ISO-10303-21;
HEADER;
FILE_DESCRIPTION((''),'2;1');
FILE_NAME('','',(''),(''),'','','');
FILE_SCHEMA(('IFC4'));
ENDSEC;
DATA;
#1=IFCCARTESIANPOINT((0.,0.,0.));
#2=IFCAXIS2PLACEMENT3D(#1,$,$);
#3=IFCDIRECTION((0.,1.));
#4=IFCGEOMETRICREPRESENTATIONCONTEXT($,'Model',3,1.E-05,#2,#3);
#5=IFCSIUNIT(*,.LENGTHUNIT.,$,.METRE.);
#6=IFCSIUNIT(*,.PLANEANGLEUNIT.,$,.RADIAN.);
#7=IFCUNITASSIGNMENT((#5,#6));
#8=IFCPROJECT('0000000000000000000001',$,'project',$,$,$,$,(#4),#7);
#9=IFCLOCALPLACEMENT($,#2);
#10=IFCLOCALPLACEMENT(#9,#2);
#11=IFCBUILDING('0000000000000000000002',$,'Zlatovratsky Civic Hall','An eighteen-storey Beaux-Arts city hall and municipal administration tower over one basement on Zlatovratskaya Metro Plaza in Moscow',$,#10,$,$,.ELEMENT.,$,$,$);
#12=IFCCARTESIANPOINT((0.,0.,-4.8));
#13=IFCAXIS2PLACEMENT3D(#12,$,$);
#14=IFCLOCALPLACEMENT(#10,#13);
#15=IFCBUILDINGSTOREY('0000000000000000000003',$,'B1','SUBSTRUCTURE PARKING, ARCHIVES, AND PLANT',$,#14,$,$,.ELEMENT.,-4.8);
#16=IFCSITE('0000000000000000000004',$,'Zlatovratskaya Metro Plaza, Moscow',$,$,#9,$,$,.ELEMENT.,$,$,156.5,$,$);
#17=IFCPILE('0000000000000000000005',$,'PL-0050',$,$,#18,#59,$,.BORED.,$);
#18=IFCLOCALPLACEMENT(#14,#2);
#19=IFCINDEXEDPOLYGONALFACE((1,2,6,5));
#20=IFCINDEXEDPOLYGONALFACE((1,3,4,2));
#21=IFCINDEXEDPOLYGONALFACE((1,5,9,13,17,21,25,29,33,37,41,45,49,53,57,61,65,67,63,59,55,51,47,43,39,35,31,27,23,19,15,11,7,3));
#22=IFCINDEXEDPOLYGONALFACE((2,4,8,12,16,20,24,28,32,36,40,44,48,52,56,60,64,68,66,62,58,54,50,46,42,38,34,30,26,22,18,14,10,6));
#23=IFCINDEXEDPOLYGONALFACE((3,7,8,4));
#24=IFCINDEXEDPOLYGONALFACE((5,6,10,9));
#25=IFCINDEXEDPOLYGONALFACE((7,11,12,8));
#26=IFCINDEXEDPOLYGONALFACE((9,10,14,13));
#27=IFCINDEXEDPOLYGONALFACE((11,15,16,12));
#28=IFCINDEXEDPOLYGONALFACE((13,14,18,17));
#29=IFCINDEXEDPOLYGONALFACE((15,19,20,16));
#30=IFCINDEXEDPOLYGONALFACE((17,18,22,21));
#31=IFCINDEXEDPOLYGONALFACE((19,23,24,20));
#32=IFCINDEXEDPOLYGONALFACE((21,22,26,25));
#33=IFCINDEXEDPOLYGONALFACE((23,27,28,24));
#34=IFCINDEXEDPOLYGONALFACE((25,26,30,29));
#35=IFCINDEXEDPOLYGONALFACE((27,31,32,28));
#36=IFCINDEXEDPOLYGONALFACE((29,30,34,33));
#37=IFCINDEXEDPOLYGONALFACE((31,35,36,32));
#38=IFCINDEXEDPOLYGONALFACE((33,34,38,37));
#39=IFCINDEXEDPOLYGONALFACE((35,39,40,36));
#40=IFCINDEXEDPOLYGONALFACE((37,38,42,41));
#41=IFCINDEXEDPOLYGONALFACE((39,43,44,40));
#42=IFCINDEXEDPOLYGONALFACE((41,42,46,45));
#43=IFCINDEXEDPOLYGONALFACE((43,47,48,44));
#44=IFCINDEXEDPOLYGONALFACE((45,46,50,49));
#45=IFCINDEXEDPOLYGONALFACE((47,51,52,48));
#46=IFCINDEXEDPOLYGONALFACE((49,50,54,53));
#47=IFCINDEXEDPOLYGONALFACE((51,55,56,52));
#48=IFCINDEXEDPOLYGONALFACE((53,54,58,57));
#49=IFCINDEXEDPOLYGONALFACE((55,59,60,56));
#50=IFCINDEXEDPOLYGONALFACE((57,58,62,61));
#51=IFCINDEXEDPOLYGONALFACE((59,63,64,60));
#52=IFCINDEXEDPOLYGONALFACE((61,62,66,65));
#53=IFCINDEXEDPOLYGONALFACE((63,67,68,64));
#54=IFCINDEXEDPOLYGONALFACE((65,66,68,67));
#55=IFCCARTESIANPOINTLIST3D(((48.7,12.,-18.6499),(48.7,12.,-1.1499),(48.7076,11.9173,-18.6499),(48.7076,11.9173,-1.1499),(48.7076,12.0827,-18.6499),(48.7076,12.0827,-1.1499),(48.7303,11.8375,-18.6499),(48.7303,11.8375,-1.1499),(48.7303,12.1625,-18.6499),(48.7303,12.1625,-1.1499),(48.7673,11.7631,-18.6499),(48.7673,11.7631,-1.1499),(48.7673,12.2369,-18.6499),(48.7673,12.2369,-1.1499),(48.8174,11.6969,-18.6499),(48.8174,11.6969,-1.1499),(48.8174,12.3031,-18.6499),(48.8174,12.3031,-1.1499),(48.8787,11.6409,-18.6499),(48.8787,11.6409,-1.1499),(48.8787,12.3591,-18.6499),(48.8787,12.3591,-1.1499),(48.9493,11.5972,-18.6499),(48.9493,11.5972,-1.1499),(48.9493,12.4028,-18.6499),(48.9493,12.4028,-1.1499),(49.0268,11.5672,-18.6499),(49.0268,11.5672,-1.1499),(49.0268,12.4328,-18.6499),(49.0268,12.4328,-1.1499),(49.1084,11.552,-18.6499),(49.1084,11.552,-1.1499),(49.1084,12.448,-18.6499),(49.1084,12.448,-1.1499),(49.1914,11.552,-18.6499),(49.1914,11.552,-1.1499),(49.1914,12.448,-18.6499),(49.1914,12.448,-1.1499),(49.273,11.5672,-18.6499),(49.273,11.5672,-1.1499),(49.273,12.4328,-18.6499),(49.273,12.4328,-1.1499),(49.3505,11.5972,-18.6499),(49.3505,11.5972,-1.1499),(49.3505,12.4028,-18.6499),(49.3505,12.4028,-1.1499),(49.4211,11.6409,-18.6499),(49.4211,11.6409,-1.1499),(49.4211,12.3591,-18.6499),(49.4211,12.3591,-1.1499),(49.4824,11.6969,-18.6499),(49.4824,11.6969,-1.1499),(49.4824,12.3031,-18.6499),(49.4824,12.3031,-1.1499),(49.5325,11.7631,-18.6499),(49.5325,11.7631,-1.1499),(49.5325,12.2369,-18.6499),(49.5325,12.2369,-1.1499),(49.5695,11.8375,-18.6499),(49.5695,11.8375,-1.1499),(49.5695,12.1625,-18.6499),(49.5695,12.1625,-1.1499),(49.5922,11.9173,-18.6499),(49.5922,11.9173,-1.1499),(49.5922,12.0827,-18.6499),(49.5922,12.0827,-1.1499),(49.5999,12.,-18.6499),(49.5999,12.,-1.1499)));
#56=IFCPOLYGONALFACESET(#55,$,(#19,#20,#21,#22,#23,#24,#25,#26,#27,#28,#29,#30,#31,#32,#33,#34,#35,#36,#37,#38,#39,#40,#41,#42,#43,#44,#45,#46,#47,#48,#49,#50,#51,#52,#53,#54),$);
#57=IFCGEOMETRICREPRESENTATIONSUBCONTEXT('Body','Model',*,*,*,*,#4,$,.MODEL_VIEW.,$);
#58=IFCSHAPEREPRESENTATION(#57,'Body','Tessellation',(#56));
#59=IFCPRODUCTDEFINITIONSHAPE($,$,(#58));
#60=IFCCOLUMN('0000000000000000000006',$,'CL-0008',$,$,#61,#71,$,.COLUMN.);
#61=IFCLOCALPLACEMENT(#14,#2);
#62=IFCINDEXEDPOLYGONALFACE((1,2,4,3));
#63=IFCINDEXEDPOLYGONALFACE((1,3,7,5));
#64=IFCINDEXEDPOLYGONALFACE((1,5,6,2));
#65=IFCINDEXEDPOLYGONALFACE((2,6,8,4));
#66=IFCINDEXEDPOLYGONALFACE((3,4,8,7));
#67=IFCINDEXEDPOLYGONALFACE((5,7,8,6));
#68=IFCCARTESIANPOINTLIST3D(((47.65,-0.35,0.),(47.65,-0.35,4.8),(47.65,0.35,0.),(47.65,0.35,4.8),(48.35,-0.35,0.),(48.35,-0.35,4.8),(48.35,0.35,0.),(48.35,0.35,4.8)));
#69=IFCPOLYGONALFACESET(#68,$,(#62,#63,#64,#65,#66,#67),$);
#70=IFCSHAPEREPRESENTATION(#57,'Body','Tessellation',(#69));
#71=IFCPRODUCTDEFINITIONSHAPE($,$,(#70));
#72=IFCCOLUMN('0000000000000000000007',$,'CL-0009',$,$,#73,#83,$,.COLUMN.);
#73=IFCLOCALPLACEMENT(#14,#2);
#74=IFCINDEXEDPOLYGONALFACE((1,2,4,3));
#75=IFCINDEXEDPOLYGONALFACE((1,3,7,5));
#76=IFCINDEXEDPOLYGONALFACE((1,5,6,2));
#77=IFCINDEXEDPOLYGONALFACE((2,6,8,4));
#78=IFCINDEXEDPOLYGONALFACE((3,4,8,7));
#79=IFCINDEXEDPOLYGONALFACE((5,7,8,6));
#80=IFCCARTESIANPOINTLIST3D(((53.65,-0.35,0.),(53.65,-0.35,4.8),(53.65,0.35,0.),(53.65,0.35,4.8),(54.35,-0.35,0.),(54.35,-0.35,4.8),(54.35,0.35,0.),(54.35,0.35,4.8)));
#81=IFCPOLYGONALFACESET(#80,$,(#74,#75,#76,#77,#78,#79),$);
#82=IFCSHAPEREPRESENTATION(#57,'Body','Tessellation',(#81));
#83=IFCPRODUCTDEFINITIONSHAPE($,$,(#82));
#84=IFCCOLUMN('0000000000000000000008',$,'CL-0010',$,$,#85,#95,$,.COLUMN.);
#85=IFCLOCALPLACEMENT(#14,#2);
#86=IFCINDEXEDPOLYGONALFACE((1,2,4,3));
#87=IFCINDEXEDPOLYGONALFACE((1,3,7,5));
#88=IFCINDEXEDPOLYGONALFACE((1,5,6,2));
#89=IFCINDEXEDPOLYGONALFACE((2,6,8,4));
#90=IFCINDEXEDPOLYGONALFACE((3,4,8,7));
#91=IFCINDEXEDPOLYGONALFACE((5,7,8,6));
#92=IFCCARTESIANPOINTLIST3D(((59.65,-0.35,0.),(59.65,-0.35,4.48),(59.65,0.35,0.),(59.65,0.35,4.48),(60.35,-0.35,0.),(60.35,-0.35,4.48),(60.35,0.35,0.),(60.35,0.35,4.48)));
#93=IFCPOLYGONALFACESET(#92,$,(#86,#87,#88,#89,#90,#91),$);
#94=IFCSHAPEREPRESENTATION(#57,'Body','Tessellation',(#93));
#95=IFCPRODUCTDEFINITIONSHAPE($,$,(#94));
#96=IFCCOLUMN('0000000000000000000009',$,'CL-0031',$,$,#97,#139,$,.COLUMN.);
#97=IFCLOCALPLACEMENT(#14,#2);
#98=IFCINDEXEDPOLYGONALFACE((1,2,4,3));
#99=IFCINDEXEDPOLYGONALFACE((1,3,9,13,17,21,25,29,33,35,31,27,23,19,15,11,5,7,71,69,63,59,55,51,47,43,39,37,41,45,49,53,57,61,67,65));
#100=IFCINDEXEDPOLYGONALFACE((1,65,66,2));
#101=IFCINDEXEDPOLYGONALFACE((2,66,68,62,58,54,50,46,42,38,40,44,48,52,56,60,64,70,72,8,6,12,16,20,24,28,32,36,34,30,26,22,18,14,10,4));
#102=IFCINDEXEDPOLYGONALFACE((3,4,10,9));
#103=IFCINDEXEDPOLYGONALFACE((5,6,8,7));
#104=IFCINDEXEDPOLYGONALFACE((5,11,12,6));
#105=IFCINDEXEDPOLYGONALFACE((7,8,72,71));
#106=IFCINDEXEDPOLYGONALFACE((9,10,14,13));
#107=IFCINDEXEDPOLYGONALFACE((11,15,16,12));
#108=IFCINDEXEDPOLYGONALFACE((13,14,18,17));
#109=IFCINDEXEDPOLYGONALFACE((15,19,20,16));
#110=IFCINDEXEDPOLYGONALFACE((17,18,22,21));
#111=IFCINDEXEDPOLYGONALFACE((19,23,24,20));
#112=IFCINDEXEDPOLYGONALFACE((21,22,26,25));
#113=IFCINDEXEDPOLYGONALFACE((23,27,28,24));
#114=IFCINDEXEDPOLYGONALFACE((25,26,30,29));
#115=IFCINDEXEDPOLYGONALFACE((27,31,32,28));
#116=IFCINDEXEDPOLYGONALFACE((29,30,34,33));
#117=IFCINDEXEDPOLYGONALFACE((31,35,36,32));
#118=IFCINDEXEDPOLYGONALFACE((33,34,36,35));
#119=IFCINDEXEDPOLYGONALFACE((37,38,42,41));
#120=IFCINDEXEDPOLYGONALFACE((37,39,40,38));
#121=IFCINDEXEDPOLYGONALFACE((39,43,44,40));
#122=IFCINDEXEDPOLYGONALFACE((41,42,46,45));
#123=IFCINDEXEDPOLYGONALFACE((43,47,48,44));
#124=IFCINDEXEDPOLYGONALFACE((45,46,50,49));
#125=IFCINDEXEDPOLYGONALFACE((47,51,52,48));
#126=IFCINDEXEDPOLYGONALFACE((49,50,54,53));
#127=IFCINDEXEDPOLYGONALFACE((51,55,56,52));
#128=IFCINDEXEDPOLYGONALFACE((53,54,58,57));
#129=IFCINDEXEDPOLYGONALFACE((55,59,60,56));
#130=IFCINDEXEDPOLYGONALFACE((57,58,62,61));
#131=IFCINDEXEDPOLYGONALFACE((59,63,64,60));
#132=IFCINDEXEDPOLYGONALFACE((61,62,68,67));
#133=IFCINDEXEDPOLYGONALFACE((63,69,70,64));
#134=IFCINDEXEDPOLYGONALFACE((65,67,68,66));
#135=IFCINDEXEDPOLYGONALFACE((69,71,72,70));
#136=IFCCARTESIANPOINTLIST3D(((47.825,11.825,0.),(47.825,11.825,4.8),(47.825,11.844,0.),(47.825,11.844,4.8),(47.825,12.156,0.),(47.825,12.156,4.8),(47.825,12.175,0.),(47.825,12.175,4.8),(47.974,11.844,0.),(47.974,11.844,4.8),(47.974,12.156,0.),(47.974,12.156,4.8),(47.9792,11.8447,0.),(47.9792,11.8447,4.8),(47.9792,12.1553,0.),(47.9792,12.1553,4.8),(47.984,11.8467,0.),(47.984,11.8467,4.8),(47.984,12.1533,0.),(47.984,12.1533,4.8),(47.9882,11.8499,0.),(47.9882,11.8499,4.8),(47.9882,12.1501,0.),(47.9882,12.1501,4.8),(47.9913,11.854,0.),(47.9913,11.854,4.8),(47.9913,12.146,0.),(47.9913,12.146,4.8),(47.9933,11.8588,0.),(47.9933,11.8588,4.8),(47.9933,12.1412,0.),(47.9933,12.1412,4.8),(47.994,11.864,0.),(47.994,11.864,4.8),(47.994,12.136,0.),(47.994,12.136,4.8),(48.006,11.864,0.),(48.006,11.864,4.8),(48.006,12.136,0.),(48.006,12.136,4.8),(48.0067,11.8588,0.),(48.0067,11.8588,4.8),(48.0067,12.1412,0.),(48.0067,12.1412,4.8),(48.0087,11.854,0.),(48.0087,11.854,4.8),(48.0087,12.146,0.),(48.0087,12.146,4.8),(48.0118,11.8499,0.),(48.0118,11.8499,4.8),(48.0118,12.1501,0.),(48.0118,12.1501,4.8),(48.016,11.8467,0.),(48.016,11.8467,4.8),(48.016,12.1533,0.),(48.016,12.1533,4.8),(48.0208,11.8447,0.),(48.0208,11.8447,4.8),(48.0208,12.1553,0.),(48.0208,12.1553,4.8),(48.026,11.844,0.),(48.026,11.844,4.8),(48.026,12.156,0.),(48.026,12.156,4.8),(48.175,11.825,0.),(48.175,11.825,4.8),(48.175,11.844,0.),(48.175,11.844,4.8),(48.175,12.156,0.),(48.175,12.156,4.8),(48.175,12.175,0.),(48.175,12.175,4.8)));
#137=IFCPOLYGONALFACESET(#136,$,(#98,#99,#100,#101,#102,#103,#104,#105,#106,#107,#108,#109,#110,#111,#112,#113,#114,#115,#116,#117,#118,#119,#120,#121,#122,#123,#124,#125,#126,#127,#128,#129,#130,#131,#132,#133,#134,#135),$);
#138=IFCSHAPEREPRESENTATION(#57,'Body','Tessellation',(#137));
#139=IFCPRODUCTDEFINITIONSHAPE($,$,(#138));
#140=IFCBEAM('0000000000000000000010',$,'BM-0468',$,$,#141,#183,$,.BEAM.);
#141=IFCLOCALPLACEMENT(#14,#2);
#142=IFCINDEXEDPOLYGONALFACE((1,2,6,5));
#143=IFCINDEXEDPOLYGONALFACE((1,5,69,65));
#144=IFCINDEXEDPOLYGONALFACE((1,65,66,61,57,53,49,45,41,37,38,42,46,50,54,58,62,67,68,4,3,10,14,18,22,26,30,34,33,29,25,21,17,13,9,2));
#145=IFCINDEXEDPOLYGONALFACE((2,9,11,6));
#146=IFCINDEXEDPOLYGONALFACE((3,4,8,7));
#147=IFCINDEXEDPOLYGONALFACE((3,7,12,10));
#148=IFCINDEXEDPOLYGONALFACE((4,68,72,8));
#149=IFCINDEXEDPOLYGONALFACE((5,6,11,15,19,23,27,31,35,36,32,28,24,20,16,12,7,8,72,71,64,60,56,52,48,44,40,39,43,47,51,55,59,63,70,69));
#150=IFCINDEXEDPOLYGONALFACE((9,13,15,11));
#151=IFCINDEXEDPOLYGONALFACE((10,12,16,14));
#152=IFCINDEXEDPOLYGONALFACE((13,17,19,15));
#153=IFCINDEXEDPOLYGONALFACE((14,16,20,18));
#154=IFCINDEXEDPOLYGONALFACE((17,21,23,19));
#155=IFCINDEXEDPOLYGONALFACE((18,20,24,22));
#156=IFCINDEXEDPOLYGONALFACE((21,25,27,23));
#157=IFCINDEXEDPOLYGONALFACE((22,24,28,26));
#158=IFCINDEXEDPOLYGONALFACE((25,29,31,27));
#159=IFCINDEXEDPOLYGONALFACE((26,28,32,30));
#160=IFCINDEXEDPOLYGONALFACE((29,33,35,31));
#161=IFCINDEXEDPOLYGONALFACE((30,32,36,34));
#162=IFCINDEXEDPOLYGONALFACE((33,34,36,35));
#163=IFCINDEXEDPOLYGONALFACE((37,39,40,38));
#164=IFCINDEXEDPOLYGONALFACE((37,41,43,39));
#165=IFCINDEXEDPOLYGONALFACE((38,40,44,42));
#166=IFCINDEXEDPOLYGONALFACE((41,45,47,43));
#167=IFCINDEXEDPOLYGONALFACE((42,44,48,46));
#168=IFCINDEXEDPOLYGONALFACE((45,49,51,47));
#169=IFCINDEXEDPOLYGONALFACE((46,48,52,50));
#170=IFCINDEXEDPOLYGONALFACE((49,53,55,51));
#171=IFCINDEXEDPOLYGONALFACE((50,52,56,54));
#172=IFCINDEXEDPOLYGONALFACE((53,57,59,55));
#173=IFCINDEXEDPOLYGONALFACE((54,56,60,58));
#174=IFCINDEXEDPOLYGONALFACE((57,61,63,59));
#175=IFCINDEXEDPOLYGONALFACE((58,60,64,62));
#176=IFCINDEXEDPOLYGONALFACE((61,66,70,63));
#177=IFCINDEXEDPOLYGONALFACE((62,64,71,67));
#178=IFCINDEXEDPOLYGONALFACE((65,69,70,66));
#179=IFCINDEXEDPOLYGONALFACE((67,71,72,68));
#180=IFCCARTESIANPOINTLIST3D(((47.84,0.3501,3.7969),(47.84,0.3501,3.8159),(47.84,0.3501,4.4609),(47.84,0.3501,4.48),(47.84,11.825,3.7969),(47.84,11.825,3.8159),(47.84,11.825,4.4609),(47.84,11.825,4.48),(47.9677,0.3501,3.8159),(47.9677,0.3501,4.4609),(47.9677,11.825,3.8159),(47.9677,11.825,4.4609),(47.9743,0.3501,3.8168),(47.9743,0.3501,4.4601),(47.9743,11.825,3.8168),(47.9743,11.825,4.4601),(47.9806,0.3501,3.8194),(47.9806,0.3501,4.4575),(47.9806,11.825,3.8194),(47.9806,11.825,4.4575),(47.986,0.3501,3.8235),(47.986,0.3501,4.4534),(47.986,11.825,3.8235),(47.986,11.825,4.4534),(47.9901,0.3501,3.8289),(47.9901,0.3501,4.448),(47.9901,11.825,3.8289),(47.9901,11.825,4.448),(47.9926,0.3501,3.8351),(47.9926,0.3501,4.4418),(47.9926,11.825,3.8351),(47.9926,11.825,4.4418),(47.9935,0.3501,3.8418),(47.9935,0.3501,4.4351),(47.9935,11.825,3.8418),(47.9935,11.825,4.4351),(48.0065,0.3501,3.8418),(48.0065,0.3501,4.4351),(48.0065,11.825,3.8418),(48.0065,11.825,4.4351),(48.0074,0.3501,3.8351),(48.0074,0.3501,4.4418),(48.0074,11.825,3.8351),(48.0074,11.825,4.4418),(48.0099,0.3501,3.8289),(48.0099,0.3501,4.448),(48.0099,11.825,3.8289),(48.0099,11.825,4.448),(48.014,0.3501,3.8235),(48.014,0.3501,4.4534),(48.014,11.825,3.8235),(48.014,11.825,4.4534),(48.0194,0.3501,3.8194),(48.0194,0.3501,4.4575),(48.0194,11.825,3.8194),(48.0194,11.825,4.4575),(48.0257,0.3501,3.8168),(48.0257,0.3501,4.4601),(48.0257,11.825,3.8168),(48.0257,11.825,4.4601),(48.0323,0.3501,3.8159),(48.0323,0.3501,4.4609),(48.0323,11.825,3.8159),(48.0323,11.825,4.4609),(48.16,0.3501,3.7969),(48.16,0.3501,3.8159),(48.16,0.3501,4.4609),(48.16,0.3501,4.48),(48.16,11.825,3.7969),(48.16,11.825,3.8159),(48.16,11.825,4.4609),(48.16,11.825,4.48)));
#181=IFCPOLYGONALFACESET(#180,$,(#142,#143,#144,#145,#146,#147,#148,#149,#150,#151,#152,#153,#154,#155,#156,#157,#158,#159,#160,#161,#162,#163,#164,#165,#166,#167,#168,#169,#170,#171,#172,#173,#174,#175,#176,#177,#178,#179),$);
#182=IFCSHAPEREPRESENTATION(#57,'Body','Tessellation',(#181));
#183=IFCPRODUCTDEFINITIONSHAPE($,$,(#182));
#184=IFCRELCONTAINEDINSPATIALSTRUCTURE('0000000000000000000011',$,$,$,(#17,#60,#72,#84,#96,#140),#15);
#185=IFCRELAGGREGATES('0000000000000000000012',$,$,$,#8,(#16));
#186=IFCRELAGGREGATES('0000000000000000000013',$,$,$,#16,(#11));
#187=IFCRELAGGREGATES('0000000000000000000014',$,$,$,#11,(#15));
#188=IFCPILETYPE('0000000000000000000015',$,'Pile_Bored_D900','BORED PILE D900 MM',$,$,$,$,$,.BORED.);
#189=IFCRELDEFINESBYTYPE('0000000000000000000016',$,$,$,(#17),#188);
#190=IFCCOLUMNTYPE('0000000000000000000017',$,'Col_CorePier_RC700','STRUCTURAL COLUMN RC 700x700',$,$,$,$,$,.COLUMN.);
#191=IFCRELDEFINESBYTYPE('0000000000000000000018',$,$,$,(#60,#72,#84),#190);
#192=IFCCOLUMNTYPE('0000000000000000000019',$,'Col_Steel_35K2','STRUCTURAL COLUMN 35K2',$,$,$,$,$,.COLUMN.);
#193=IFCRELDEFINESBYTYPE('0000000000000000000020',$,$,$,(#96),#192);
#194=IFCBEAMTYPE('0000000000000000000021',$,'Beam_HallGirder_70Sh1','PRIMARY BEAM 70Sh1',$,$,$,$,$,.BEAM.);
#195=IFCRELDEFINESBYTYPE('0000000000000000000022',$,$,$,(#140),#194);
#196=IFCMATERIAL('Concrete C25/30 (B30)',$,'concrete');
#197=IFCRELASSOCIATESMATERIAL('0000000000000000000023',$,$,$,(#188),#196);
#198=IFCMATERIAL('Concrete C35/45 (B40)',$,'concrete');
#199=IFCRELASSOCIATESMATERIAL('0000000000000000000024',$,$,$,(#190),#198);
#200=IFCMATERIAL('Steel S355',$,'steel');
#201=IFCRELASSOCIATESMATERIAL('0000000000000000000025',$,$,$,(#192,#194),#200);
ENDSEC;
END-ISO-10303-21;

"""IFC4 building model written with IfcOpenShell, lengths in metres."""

from ifc_helpers import new_model, si_unit, direction, frame, origin, origin_2d, place, context, subcontext, project, spatial, rectangle, circle, i_section, extrude, material, material_profile, profile_set, type_object, element, save


model = new_model("IFC4")

# Units and contexts
model_context = context("Model", 3, precision=1e-05, world=origin(), true_north=direction((0.0, 1.0)))
body_context = subcontext(model_context, "Body", "Model", "MODEL_VIEW")
ifc_project = project(units=[si_unit("LENGTHUNIT", "METRE"), si_unit("PLANEANGLEUNIT", "RADIAN")], contexts=[model_context])

# Site, building, storey
site_placement = place(None, origin())
site = spatial("IfcSite", under=ifc_project, at=site_placement, Name="Zlatovratskaya Metro Plaza, Moscow", CompositionType="ELEMENT", RefElevation=156.5)
building_placement = place(site_placement, origin())
building = spatial("IfcBuilding", under=site, at=building_placement, Name="Zlatovratsky Civic Hall", Description="An eighteen-storey Beaux-Arts city hall and municipal administration tower over one basement on Zlatovratskaya Metro Plaza in Moscow", CompositionType="ELEMENT")
storey_placement = place(building_placement, frame((0.0, 0.0, -4.8)))
storey = spatial("IfcBuildingStorey", under=building, at=storey_placement, Name="B1", Description="SUBSTRUCTURE PARKING, ARCHIVES, AND PLANT", CompositionType="ELEMENT", Elevation=-4.8)

# Shared definitions
ifc_material_1 = material(Name="Concrete C25/30 (B30)", Category="concrete")

# Pile
ifc_material_profile_1 = material_profile(ifc_material_1, circle(Radius=0.45, at=origin_2d()), Name="PILE D900")
ifc_profile_set_1 = profile_set([ifc_material_profile_1], Name="Concrete C25/30 (B30)")
pile_type_1 = type_object("IfcPileType", Name="Pile_Bored_D900", Description="BORED PILE D900 MM", PredefinedType="BORED", material=ifc_profile_set_1)
for number, where, z_axis, x_axis, name in (
    (1, (49.1499, 12.0, -1.1499), (0.0, 0.0, -1.0), (1.0, 0.0, 0.0), "PL-0050"),
):
    element("IfcPile", number, at=place(storey_placement, frame(where, z_axis=z_axis, x_axis=x_axis)), inside=storey, type_object=pile_type_1, Name=name, PredefinedType="BORED", context=body_context, shape_type="SweptSolid", body=[
        extrude(circle(Radius=0.45, at=origin_2d()), origin(), (0.0, 0.0, 1.0), 17.5),
    ])

# Columns
ifc_material_2 = material(Name="Concrete C35/45 (B40)", Category="concrete")
ifc_material_profile_2 = material_profile(ifc_material_2, rectangle(XDim=0.7, YDim=0.7, at=origin_2d()), Name="RC 700x700")
ifc_profile_set_2 = profile_set([ifc_material_profile_2], Name="Concrete C35/45 (B40)")
column_type_1 = type_object("IfcColumnType", Name="Col_CorePier_RC700", Description="STRUCTURAL COLUMN RC 700x700", PredefinedType="COLUMN", material=ifc_profile_set_2)
for number, where, z_axis, x_axis, name in (
    (2, (48.0, 0.0, 0.0), (0.0, 0.0, 1.0), (1.0, 0.0, 0.0), "CL-0008"),
    (3, (54.0, 0.0, 0.0), (0.0, 0.0, 1.0), (1.0, 0.0, 0.0), "CL-0009"),
):
    element("IfcColumn", number, at=place(storey_placement, frame(where, z_axis=z_axis, x_axis=x_axis)), inside=storey, type_object=column_type_1, Name=name, PredefinedType="COLUMN", context=body_context, shape_type="SweptSolid", body=[
        extrude(rectangle(XDim=0.7, YDim=0.7, at=origin_2d()), origin(), (0.0, 0.0, 1.0), 4.8),
    ])
column_1_placement = place(storey_placement, frame((60.0, 0.0, 0.0), z_axis=(0.0, 0.0, 1.0), x_axis=(1.0, 0.0, 0.0)))
element("IfcColumn", 4, at=column_1_placement, inside=storey, type_object=column_type_1, Name="CL-0010", PredefinedType="COLUMN", context=body_context, shape_type="SweptSolid", body=[
    extrude(rectangle(XDim=0.7, YDim=0.7, at=origin_2d()), origin(), (0.0, 0.0, 1.0), 4.48),
])
ifc_material_3 = material(Name="Steel S355", Category="steel")
ifc_material_profile_3 = material_profile(ifc_material_3, i_section(OverallWidth=0.3501, OverallDepth=0.3501, WebThickness=0.012, FlangeThickness=0.019, FilletRadius=0.02, at=origin_2d()), Name="35K2")
ifc_profile_set_3 = profile_set([ifc_material_profile_3], Name="Steel S355")
column_type_2 = type_object("IfcColumnType", Name="Col_Steel_35K2", Description="STRUCTURAL COLUMN 35K2", PredefinedType="COLUMN", material=ifc_profile_set_3)
column_2_placement = place(storey_placement, frame((48.0, 12.0, 0.0), z_axis=(0.0, 0.0, 1.0), x_axis=(1.0, 0.0, 0.0)))
element("IfcColumn", 5, at=column_2_placement, inside=storey, type_object=column_type_2, Name="CL-0031", PredefinedType="COLUMN", context=body_context, shape_type="SweptSolid", body=[
    extrude(i_section(OverallWidth=0.3501, OverallDepth=0.3501, WebThickness=0.012, FlangeThickness=0.019, FilletRadius=0.02, at=origin_2d()), origin(), (0.0, 0.0, 1.0), 4.8),
])

# Beam
ifc_material_profile_4 = material_profile(ifc_material_3, i_section(OverallWidth=0.3201, OverallDepth=0.6831, WebThickness=0.0129, FlangeThickness=0.019, FilletRadius=0.0259, at=origin_2d()), Name="70Sh1")
ifc_profile_set_4 = profile_set([ifc_material_profile_4], Name="Steel S355")
beam_type_1 = type_object("IfcBeamType", Name="Beam_HallGirder_70Sh1", Description="PRIMARY BEAM 70Sh1", PredefinedType="BEAM", material=ifc_profile_set_4)
beam_1_placement = place(storey_placement, frame((48.0, 0.3501, 4.1384), z_axis=(0.0, 1.0, 0.0), x_axis=(-1.0, 0.0, 0.0)))
element("IfcBeam", 6, at=beam_1_placement, inside=storey, type_object=beam_type_1, Name="BM-0468", PredefinedType="BEAM", context=body_context, shape_type="SweptSolid", body=[
    extrude(i_section(OverallWidth=0.3201, OverallDepth=0.6831, WebThickness=0.0129, FlangeThickness=0.019, FilletRadius=0.0259, at=origin_2d()), origin(), (0.0, 0.0, 1.0), 11.4749),
])

save(model, "model.ifc")
